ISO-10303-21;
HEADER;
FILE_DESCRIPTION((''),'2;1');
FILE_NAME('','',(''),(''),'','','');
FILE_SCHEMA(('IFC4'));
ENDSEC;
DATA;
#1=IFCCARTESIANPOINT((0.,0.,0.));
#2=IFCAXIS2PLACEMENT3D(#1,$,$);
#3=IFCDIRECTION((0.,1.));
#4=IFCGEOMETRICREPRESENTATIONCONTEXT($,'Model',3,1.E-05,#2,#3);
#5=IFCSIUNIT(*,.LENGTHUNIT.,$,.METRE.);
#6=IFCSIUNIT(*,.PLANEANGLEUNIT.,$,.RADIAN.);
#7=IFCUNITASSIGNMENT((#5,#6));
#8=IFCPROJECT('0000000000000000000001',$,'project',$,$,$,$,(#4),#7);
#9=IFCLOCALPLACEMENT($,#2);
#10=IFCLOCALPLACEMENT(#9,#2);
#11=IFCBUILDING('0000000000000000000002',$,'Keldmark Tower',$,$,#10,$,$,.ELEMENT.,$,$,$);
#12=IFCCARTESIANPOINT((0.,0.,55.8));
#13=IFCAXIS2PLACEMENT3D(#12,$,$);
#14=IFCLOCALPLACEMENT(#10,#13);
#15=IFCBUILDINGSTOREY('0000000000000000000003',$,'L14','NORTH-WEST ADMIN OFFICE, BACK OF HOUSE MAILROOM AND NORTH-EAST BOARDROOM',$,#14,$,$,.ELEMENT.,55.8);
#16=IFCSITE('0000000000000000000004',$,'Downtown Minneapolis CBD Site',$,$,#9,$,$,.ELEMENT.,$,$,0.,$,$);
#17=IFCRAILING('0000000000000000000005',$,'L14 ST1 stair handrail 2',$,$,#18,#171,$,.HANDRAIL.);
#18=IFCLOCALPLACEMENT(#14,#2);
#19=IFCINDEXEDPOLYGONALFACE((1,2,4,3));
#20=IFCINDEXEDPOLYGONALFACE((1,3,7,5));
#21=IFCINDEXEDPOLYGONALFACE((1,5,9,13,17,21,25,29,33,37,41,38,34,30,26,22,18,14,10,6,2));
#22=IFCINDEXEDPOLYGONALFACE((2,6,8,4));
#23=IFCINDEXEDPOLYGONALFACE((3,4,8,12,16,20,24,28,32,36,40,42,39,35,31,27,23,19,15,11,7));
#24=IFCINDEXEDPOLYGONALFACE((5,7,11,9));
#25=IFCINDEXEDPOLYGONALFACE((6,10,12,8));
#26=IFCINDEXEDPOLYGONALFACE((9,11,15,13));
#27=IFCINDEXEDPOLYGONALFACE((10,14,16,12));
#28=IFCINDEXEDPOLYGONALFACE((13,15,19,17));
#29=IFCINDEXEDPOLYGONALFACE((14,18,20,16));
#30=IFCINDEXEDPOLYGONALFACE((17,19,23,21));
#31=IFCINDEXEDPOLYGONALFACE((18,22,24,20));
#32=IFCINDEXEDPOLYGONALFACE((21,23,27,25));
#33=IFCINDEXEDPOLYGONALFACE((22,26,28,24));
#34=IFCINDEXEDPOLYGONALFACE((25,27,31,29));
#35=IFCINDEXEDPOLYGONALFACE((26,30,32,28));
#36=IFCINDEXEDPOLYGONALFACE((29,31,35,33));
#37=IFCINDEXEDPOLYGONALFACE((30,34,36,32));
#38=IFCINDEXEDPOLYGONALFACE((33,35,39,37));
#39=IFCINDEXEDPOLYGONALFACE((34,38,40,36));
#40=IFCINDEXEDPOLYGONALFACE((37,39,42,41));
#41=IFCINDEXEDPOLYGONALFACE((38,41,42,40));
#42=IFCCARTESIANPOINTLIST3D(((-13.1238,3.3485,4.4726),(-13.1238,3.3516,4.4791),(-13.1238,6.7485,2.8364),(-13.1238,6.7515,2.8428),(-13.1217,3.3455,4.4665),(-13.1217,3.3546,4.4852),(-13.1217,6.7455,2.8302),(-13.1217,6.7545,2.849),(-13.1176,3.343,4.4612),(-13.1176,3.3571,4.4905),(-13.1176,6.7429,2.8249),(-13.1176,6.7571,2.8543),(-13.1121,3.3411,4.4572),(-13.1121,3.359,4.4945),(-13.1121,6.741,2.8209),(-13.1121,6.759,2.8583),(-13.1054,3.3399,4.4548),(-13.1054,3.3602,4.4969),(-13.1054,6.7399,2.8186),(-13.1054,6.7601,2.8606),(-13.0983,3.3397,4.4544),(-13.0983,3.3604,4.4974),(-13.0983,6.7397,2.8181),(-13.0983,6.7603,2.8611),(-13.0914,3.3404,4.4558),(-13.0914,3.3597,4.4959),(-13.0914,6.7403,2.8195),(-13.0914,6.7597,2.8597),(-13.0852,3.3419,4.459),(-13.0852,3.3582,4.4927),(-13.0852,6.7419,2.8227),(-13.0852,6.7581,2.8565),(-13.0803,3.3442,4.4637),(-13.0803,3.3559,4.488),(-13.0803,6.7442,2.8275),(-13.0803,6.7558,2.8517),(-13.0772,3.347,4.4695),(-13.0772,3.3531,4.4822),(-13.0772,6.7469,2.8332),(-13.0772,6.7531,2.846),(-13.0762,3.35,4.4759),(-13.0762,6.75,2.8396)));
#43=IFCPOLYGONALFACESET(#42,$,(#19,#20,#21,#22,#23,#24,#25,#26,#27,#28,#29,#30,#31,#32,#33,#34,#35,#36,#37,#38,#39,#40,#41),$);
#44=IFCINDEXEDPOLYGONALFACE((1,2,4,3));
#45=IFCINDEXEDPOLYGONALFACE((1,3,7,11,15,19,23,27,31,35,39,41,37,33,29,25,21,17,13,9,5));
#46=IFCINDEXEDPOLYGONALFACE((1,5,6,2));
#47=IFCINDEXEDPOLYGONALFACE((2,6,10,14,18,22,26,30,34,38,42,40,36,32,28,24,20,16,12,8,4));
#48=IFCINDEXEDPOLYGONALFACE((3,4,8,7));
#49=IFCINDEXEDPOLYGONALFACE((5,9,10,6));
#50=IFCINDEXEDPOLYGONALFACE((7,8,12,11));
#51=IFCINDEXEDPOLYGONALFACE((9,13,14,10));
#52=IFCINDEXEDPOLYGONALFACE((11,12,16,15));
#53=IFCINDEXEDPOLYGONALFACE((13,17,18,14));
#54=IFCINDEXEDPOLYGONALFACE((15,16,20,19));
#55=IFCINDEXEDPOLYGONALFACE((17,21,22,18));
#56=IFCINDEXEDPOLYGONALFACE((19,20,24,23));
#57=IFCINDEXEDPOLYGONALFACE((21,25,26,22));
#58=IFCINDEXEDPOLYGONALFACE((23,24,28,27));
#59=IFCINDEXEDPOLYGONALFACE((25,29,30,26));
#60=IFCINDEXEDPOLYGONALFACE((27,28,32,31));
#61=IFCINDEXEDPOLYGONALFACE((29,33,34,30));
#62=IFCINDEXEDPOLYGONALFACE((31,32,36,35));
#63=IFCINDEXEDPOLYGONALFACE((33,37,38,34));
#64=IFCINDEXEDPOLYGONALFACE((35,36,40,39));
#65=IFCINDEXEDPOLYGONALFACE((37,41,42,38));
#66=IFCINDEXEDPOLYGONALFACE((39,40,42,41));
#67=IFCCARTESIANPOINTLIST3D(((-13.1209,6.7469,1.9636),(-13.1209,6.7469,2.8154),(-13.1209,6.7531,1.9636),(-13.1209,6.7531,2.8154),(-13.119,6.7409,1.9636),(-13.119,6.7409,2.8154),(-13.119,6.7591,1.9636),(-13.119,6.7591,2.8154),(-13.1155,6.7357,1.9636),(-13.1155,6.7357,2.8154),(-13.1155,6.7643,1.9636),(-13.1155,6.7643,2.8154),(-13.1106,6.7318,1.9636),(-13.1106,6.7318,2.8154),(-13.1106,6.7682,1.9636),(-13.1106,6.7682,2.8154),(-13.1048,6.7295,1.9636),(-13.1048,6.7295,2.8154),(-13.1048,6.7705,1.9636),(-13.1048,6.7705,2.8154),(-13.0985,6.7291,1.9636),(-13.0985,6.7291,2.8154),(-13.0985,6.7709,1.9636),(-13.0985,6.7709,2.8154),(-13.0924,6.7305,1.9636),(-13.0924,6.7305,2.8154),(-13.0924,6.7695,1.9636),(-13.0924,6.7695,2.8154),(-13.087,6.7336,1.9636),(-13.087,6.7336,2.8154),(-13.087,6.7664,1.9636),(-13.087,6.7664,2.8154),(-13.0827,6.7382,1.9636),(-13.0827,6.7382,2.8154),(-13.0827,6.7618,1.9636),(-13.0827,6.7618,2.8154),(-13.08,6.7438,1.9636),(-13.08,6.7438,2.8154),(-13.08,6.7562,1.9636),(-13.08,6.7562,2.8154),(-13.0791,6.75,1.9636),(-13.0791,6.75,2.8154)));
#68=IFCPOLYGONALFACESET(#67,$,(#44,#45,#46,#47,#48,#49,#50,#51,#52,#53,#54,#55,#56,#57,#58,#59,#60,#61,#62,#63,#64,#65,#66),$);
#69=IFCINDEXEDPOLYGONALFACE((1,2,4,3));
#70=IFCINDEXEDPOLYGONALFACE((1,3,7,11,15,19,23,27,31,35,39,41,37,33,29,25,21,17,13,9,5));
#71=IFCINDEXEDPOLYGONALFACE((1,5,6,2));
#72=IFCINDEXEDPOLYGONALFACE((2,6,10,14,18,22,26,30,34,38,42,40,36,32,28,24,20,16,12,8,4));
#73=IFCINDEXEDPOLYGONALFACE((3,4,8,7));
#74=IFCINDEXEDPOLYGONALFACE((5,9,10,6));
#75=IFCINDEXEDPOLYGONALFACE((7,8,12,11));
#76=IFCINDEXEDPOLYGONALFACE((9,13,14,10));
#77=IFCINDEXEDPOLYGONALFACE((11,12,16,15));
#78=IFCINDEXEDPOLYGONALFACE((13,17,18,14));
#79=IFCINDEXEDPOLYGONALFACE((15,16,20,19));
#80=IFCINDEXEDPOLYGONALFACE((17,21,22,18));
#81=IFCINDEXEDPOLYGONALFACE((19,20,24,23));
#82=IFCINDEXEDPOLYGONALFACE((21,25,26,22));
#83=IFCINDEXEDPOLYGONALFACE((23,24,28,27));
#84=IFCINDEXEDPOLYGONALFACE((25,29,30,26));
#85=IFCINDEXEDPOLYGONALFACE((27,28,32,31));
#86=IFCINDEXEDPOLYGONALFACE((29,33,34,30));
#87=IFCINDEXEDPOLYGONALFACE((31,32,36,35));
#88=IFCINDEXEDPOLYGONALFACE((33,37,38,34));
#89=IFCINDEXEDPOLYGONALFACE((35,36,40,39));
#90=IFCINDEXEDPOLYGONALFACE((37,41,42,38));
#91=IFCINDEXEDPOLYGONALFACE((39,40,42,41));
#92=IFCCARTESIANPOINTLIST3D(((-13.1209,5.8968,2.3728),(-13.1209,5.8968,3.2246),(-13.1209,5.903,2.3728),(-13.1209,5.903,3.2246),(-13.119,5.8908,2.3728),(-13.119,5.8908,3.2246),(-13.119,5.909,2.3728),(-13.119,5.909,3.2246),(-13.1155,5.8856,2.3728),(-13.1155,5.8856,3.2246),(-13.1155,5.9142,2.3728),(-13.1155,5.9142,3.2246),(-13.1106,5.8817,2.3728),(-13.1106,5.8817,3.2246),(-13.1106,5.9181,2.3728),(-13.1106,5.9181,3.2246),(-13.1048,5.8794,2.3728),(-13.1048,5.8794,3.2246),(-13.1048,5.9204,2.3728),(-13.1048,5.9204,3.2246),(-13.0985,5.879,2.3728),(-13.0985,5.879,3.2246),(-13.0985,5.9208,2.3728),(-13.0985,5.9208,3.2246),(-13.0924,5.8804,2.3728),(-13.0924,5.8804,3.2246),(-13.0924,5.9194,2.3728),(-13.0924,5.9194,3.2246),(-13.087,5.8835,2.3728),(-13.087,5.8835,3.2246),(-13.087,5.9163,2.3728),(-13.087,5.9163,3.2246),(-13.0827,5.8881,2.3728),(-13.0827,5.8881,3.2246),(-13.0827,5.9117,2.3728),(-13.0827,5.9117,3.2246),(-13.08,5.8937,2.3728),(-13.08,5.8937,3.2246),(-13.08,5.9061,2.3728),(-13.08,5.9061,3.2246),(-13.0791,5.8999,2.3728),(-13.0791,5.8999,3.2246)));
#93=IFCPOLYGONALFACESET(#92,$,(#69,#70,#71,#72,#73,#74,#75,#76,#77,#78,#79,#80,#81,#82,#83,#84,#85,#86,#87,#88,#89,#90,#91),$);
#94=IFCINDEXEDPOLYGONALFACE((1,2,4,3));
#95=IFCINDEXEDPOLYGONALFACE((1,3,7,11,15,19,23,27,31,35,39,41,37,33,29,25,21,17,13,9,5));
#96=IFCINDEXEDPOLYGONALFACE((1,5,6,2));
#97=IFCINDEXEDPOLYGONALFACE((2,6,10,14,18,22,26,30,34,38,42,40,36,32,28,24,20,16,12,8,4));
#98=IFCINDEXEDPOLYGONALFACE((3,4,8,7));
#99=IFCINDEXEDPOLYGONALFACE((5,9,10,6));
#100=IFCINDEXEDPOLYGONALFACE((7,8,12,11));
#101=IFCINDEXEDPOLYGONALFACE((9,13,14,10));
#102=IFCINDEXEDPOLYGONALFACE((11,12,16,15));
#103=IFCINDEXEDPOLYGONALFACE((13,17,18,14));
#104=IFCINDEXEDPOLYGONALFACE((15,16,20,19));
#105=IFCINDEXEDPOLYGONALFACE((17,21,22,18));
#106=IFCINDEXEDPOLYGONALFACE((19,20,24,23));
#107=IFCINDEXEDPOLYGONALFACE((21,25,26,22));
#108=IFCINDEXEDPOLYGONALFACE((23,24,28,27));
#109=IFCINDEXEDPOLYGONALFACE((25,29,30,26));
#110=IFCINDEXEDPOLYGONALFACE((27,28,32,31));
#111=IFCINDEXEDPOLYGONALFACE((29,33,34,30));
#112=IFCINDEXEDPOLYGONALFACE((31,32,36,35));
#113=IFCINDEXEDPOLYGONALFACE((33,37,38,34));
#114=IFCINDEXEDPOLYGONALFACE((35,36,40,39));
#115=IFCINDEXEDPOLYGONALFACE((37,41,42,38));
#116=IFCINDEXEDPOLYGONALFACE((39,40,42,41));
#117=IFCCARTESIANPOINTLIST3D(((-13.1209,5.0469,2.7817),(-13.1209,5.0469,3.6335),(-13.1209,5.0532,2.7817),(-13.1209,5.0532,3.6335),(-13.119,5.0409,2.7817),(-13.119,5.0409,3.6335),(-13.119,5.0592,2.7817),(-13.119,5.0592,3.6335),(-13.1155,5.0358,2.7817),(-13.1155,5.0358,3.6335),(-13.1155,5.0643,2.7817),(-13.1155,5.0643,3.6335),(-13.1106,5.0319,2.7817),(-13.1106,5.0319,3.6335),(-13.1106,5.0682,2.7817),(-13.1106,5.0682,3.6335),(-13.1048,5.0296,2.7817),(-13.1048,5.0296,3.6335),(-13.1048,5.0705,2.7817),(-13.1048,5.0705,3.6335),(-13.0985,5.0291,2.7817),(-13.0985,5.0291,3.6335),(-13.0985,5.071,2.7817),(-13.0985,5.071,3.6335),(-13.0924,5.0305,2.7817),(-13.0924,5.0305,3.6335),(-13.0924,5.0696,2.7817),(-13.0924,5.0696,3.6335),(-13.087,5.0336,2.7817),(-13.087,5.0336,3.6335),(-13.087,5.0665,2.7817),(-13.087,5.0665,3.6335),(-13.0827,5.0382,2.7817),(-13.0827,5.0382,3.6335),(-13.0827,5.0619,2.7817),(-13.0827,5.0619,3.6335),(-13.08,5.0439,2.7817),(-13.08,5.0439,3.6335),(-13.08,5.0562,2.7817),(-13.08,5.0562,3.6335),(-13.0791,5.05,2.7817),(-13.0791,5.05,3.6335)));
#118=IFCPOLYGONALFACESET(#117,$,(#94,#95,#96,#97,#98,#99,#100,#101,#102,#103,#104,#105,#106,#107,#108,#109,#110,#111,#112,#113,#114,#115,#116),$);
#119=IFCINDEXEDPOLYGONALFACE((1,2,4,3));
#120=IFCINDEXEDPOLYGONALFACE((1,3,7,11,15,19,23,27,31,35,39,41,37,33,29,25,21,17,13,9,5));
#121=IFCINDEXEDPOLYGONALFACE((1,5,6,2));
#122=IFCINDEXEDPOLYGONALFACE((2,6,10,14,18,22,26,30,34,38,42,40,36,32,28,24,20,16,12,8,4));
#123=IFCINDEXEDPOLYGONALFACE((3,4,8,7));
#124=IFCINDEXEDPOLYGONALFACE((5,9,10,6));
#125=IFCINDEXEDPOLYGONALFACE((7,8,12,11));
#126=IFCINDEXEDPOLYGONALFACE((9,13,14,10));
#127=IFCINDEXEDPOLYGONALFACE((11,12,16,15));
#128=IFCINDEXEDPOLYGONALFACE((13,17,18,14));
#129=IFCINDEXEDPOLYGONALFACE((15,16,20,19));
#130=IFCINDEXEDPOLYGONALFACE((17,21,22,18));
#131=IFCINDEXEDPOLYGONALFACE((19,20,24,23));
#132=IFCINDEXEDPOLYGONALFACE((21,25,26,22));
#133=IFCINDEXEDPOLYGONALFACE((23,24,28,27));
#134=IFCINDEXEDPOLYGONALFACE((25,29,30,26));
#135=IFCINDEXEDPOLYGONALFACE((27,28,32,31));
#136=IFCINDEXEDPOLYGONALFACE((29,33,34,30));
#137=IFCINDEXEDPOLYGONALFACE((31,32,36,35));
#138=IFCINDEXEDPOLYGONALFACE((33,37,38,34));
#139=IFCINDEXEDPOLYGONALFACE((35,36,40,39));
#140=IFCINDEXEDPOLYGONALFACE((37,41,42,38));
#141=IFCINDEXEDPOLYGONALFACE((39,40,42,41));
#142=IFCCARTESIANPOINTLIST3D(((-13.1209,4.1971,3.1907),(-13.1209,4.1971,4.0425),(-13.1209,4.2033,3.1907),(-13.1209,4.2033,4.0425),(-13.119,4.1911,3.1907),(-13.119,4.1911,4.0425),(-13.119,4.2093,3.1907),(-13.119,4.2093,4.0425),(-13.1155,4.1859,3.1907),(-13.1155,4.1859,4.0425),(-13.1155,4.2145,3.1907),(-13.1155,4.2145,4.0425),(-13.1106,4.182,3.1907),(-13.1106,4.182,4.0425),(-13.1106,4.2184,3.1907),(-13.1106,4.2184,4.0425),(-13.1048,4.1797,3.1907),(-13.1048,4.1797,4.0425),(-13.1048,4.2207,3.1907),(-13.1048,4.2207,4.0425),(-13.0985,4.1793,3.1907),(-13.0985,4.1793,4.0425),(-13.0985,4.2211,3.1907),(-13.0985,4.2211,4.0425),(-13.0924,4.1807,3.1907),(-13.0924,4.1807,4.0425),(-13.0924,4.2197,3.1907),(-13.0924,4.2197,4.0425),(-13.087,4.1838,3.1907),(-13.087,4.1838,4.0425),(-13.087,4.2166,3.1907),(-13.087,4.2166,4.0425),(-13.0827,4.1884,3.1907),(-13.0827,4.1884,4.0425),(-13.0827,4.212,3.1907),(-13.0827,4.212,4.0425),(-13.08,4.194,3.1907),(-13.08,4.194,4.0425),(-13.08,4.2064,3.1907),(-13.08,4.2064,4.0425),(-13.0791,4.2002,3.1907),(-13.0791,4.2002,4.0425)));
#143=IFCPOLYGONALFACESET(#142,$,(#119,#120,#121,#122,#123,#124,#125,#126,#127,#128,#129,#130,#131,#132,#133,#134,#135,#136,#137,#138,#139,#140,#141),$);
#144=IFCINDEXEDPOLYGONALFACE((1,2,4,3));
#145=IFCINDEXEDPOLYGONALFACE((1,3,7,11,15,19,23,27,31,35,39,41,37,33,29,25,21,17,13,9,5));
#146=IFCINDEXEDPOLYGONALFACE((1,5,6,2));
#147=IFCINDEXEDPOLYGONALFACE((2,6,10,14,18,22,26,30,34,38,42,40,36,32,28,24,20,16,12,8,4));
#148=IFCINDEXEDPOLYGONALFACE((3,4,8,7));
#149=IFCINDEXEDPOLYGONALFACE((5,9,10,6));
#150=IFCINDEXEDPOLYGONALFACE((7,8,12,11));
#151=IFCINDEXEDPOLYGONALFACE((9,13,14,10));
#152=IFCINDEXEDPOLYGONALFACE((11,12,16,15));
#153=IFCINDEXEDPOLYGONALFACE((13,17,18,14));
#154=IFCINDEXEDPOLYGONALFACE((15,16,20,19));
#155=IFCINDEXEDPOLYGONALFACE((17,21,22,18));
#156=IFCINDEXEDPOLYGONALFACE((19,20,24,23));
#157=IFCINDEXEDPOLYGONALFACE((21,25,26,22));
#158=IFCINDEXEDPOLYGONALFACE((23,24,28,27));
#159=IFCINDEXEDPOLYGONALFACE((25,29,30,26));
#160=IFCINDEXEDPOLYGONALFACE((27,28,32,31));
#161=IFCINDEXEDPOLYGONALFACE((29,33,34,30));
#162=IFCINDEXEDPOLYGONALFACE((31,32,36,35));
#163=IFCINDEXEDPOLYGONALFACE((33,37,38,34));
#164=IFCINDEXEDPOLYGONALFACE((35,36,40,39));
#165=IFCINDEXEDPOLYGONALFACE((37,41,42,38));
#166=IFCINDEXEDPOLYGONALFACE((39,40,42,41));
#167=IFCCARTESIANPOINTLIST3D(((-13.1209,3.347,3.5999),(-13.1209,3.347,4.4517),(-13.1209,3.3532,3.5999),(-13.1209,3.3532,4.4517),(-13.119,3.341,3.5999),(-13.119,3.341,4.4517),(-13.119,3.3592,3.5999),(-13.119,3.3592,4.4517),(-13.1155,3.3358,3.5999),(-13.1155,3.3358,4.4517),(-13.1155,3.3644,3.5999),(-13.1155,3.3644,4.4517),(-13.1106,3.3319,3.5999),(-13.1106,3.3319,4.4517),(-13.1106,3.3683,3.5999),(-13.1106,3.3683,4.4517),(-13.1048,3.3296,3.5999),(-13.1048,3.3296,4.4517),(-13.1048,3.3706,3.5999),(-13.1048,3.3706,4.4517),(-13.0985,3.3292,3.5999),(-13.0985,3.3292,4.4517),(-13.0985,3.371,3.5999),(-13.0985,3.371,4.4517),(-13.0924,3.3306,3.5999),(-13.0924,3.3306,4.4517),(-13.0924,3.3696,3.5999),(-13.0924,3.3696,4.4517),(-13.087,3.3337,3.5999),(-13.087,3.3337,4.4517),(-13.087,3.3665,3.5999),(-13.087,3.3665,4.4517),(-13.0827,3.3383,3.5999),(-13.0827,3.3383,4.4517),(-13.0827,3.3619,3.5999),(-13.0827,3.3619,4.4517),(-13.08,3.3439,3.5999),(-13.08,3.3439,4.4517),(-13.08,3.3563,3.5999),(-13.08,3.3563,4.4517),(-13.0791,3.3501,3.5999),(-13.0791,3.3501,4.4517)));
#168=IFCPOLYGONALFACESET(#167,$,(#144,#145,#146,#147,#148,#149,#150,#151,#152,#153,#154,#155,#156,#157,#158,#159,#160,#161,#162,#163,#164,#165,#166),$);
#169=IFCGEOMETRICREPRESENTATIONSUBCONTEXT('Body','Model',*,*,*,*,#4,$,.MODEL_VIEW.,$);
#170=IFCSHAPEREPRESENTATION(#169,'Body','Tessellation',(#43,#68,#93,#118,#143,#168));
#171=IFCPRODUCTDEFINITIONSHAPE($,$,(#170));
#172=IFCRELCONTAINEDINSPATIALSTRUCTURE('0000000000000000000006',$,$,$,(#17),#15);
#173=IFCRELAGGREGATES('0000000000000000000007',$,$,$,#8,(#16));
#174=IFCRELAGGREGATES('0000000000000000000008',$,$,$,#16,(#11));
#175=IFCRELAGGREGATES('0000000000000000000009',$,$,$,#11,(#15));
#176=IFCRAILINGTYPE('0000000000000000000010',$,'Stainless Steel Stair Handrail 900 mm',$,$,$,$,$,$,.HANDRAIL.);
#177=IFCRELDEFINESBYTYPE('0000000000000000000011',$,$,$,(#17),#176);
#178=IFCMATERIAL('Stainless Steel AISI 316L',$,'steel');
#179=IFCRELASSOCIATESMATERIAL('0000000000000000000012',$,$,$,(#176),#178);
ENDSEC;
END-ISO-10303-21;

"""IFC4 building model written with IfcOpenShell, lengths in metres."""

from ifc_helpers import new_model, si_unit, direction, frame, origin, origin_2d, place, context, subcontext, project, spatial, circle, extrude, material, type_object, element, save


model = new_model("IFC4")

# Units and contexts
model_context = context("Model", 3, precision=1e-05, world=origin(), true_north=direction((0.0, 1.0)))
body_context = subcontext(model_context, "Body", "Model", "MODEL_VIEW")
ifc_project = project(units=[si_unit("LENGTHUNIT", "METRE"), si_unit("PLANEANGLEUNIT", "RADIAN")], contexts=[model_context])

# Site, building, storey
site_placement = place(None, origin())
site = spatial("IfcSite", under=ifc_project, at=site_placement, Name="Downtown Minneapolis CBD Site", CompositionType="ELEMENT", RefElevation=0.0)
building_placement = place(site_placement, origin())
building = spatial("IfcBuilding", under=site, at=building_placement, Name="Keldmark Tower", CompositionType="ELEMENT")
storey_placement = place(building_placement, frame((0.0, 0.0, 55.8)))
storey = spatial("IfcBuildingStorey", under=building, at=storey_placement, Name="L14", Description="NORTH-WEST ADMIN OFFICE, BACK OF HOUSE MAILROOM AND NORTH-EAST BOARDROOM", CompositionType="ELEMENT", Elevation=55.8)

# Railing
ifc_material_1 = material(Name="Stainless Steel AISI 316L", Category="steel")
railing_type_1 = type_object("IfcRailingType", Name="Stainless Steel Stair Handrail 900 mm", PredefinedType="HANDRAIL", material=ifc_material_1)
railing_1_placement = place(storey_placement, frame((-13.1001, 6.75, 1.9636)))
element("IfcRailing", 1, at=railing_1_placement, inside=storey, type_object=railing_type_1, Name="L14 ST1 stair handrail 2", PredefinedType="HANDRAIL", context=body_context, shape_type="SweptSolid", body=[
    extrude(circle(Radius=0.0239, at=origin_2d()), frame((0.0, 0.0, 0.876), z_axis=(0.0, -0.90108, 0.433652), x_axis=(1.0, 0.0, 0.0)), (0.0, 0.0, 1.0), 3.7732),
    extrude(circle(Radius=0.021, at=origin_2d()), origin(), (0.0, 0.0, 1.0), 0.8518),
    extrude(circle(Radius=0.021, at=origin_2d()), frame((0.0, -0.8501, 0.4092)), (0.0, 0.0, 1.0), 0.8518),
    extrude(circle(Radius=0.021, at=origin_2d()), frame((0.0, -1.7, 0.8181)), (0.0, 0.0, 1.0), 0.8518),
    extrude(circle(Radius=0.021, at=origin_2d()), frame((0.0, -2.5498, 1.2271)), (0.0, 0.0, 1.0), 0.8518),
    extrude(circle(Radius=0.021, at=origin_2d()), frame((0.0, -3.3999, 1.6362)), (0.0, 0.0, 1.0), 0.8518),
])

save(model, "model.ifc")
